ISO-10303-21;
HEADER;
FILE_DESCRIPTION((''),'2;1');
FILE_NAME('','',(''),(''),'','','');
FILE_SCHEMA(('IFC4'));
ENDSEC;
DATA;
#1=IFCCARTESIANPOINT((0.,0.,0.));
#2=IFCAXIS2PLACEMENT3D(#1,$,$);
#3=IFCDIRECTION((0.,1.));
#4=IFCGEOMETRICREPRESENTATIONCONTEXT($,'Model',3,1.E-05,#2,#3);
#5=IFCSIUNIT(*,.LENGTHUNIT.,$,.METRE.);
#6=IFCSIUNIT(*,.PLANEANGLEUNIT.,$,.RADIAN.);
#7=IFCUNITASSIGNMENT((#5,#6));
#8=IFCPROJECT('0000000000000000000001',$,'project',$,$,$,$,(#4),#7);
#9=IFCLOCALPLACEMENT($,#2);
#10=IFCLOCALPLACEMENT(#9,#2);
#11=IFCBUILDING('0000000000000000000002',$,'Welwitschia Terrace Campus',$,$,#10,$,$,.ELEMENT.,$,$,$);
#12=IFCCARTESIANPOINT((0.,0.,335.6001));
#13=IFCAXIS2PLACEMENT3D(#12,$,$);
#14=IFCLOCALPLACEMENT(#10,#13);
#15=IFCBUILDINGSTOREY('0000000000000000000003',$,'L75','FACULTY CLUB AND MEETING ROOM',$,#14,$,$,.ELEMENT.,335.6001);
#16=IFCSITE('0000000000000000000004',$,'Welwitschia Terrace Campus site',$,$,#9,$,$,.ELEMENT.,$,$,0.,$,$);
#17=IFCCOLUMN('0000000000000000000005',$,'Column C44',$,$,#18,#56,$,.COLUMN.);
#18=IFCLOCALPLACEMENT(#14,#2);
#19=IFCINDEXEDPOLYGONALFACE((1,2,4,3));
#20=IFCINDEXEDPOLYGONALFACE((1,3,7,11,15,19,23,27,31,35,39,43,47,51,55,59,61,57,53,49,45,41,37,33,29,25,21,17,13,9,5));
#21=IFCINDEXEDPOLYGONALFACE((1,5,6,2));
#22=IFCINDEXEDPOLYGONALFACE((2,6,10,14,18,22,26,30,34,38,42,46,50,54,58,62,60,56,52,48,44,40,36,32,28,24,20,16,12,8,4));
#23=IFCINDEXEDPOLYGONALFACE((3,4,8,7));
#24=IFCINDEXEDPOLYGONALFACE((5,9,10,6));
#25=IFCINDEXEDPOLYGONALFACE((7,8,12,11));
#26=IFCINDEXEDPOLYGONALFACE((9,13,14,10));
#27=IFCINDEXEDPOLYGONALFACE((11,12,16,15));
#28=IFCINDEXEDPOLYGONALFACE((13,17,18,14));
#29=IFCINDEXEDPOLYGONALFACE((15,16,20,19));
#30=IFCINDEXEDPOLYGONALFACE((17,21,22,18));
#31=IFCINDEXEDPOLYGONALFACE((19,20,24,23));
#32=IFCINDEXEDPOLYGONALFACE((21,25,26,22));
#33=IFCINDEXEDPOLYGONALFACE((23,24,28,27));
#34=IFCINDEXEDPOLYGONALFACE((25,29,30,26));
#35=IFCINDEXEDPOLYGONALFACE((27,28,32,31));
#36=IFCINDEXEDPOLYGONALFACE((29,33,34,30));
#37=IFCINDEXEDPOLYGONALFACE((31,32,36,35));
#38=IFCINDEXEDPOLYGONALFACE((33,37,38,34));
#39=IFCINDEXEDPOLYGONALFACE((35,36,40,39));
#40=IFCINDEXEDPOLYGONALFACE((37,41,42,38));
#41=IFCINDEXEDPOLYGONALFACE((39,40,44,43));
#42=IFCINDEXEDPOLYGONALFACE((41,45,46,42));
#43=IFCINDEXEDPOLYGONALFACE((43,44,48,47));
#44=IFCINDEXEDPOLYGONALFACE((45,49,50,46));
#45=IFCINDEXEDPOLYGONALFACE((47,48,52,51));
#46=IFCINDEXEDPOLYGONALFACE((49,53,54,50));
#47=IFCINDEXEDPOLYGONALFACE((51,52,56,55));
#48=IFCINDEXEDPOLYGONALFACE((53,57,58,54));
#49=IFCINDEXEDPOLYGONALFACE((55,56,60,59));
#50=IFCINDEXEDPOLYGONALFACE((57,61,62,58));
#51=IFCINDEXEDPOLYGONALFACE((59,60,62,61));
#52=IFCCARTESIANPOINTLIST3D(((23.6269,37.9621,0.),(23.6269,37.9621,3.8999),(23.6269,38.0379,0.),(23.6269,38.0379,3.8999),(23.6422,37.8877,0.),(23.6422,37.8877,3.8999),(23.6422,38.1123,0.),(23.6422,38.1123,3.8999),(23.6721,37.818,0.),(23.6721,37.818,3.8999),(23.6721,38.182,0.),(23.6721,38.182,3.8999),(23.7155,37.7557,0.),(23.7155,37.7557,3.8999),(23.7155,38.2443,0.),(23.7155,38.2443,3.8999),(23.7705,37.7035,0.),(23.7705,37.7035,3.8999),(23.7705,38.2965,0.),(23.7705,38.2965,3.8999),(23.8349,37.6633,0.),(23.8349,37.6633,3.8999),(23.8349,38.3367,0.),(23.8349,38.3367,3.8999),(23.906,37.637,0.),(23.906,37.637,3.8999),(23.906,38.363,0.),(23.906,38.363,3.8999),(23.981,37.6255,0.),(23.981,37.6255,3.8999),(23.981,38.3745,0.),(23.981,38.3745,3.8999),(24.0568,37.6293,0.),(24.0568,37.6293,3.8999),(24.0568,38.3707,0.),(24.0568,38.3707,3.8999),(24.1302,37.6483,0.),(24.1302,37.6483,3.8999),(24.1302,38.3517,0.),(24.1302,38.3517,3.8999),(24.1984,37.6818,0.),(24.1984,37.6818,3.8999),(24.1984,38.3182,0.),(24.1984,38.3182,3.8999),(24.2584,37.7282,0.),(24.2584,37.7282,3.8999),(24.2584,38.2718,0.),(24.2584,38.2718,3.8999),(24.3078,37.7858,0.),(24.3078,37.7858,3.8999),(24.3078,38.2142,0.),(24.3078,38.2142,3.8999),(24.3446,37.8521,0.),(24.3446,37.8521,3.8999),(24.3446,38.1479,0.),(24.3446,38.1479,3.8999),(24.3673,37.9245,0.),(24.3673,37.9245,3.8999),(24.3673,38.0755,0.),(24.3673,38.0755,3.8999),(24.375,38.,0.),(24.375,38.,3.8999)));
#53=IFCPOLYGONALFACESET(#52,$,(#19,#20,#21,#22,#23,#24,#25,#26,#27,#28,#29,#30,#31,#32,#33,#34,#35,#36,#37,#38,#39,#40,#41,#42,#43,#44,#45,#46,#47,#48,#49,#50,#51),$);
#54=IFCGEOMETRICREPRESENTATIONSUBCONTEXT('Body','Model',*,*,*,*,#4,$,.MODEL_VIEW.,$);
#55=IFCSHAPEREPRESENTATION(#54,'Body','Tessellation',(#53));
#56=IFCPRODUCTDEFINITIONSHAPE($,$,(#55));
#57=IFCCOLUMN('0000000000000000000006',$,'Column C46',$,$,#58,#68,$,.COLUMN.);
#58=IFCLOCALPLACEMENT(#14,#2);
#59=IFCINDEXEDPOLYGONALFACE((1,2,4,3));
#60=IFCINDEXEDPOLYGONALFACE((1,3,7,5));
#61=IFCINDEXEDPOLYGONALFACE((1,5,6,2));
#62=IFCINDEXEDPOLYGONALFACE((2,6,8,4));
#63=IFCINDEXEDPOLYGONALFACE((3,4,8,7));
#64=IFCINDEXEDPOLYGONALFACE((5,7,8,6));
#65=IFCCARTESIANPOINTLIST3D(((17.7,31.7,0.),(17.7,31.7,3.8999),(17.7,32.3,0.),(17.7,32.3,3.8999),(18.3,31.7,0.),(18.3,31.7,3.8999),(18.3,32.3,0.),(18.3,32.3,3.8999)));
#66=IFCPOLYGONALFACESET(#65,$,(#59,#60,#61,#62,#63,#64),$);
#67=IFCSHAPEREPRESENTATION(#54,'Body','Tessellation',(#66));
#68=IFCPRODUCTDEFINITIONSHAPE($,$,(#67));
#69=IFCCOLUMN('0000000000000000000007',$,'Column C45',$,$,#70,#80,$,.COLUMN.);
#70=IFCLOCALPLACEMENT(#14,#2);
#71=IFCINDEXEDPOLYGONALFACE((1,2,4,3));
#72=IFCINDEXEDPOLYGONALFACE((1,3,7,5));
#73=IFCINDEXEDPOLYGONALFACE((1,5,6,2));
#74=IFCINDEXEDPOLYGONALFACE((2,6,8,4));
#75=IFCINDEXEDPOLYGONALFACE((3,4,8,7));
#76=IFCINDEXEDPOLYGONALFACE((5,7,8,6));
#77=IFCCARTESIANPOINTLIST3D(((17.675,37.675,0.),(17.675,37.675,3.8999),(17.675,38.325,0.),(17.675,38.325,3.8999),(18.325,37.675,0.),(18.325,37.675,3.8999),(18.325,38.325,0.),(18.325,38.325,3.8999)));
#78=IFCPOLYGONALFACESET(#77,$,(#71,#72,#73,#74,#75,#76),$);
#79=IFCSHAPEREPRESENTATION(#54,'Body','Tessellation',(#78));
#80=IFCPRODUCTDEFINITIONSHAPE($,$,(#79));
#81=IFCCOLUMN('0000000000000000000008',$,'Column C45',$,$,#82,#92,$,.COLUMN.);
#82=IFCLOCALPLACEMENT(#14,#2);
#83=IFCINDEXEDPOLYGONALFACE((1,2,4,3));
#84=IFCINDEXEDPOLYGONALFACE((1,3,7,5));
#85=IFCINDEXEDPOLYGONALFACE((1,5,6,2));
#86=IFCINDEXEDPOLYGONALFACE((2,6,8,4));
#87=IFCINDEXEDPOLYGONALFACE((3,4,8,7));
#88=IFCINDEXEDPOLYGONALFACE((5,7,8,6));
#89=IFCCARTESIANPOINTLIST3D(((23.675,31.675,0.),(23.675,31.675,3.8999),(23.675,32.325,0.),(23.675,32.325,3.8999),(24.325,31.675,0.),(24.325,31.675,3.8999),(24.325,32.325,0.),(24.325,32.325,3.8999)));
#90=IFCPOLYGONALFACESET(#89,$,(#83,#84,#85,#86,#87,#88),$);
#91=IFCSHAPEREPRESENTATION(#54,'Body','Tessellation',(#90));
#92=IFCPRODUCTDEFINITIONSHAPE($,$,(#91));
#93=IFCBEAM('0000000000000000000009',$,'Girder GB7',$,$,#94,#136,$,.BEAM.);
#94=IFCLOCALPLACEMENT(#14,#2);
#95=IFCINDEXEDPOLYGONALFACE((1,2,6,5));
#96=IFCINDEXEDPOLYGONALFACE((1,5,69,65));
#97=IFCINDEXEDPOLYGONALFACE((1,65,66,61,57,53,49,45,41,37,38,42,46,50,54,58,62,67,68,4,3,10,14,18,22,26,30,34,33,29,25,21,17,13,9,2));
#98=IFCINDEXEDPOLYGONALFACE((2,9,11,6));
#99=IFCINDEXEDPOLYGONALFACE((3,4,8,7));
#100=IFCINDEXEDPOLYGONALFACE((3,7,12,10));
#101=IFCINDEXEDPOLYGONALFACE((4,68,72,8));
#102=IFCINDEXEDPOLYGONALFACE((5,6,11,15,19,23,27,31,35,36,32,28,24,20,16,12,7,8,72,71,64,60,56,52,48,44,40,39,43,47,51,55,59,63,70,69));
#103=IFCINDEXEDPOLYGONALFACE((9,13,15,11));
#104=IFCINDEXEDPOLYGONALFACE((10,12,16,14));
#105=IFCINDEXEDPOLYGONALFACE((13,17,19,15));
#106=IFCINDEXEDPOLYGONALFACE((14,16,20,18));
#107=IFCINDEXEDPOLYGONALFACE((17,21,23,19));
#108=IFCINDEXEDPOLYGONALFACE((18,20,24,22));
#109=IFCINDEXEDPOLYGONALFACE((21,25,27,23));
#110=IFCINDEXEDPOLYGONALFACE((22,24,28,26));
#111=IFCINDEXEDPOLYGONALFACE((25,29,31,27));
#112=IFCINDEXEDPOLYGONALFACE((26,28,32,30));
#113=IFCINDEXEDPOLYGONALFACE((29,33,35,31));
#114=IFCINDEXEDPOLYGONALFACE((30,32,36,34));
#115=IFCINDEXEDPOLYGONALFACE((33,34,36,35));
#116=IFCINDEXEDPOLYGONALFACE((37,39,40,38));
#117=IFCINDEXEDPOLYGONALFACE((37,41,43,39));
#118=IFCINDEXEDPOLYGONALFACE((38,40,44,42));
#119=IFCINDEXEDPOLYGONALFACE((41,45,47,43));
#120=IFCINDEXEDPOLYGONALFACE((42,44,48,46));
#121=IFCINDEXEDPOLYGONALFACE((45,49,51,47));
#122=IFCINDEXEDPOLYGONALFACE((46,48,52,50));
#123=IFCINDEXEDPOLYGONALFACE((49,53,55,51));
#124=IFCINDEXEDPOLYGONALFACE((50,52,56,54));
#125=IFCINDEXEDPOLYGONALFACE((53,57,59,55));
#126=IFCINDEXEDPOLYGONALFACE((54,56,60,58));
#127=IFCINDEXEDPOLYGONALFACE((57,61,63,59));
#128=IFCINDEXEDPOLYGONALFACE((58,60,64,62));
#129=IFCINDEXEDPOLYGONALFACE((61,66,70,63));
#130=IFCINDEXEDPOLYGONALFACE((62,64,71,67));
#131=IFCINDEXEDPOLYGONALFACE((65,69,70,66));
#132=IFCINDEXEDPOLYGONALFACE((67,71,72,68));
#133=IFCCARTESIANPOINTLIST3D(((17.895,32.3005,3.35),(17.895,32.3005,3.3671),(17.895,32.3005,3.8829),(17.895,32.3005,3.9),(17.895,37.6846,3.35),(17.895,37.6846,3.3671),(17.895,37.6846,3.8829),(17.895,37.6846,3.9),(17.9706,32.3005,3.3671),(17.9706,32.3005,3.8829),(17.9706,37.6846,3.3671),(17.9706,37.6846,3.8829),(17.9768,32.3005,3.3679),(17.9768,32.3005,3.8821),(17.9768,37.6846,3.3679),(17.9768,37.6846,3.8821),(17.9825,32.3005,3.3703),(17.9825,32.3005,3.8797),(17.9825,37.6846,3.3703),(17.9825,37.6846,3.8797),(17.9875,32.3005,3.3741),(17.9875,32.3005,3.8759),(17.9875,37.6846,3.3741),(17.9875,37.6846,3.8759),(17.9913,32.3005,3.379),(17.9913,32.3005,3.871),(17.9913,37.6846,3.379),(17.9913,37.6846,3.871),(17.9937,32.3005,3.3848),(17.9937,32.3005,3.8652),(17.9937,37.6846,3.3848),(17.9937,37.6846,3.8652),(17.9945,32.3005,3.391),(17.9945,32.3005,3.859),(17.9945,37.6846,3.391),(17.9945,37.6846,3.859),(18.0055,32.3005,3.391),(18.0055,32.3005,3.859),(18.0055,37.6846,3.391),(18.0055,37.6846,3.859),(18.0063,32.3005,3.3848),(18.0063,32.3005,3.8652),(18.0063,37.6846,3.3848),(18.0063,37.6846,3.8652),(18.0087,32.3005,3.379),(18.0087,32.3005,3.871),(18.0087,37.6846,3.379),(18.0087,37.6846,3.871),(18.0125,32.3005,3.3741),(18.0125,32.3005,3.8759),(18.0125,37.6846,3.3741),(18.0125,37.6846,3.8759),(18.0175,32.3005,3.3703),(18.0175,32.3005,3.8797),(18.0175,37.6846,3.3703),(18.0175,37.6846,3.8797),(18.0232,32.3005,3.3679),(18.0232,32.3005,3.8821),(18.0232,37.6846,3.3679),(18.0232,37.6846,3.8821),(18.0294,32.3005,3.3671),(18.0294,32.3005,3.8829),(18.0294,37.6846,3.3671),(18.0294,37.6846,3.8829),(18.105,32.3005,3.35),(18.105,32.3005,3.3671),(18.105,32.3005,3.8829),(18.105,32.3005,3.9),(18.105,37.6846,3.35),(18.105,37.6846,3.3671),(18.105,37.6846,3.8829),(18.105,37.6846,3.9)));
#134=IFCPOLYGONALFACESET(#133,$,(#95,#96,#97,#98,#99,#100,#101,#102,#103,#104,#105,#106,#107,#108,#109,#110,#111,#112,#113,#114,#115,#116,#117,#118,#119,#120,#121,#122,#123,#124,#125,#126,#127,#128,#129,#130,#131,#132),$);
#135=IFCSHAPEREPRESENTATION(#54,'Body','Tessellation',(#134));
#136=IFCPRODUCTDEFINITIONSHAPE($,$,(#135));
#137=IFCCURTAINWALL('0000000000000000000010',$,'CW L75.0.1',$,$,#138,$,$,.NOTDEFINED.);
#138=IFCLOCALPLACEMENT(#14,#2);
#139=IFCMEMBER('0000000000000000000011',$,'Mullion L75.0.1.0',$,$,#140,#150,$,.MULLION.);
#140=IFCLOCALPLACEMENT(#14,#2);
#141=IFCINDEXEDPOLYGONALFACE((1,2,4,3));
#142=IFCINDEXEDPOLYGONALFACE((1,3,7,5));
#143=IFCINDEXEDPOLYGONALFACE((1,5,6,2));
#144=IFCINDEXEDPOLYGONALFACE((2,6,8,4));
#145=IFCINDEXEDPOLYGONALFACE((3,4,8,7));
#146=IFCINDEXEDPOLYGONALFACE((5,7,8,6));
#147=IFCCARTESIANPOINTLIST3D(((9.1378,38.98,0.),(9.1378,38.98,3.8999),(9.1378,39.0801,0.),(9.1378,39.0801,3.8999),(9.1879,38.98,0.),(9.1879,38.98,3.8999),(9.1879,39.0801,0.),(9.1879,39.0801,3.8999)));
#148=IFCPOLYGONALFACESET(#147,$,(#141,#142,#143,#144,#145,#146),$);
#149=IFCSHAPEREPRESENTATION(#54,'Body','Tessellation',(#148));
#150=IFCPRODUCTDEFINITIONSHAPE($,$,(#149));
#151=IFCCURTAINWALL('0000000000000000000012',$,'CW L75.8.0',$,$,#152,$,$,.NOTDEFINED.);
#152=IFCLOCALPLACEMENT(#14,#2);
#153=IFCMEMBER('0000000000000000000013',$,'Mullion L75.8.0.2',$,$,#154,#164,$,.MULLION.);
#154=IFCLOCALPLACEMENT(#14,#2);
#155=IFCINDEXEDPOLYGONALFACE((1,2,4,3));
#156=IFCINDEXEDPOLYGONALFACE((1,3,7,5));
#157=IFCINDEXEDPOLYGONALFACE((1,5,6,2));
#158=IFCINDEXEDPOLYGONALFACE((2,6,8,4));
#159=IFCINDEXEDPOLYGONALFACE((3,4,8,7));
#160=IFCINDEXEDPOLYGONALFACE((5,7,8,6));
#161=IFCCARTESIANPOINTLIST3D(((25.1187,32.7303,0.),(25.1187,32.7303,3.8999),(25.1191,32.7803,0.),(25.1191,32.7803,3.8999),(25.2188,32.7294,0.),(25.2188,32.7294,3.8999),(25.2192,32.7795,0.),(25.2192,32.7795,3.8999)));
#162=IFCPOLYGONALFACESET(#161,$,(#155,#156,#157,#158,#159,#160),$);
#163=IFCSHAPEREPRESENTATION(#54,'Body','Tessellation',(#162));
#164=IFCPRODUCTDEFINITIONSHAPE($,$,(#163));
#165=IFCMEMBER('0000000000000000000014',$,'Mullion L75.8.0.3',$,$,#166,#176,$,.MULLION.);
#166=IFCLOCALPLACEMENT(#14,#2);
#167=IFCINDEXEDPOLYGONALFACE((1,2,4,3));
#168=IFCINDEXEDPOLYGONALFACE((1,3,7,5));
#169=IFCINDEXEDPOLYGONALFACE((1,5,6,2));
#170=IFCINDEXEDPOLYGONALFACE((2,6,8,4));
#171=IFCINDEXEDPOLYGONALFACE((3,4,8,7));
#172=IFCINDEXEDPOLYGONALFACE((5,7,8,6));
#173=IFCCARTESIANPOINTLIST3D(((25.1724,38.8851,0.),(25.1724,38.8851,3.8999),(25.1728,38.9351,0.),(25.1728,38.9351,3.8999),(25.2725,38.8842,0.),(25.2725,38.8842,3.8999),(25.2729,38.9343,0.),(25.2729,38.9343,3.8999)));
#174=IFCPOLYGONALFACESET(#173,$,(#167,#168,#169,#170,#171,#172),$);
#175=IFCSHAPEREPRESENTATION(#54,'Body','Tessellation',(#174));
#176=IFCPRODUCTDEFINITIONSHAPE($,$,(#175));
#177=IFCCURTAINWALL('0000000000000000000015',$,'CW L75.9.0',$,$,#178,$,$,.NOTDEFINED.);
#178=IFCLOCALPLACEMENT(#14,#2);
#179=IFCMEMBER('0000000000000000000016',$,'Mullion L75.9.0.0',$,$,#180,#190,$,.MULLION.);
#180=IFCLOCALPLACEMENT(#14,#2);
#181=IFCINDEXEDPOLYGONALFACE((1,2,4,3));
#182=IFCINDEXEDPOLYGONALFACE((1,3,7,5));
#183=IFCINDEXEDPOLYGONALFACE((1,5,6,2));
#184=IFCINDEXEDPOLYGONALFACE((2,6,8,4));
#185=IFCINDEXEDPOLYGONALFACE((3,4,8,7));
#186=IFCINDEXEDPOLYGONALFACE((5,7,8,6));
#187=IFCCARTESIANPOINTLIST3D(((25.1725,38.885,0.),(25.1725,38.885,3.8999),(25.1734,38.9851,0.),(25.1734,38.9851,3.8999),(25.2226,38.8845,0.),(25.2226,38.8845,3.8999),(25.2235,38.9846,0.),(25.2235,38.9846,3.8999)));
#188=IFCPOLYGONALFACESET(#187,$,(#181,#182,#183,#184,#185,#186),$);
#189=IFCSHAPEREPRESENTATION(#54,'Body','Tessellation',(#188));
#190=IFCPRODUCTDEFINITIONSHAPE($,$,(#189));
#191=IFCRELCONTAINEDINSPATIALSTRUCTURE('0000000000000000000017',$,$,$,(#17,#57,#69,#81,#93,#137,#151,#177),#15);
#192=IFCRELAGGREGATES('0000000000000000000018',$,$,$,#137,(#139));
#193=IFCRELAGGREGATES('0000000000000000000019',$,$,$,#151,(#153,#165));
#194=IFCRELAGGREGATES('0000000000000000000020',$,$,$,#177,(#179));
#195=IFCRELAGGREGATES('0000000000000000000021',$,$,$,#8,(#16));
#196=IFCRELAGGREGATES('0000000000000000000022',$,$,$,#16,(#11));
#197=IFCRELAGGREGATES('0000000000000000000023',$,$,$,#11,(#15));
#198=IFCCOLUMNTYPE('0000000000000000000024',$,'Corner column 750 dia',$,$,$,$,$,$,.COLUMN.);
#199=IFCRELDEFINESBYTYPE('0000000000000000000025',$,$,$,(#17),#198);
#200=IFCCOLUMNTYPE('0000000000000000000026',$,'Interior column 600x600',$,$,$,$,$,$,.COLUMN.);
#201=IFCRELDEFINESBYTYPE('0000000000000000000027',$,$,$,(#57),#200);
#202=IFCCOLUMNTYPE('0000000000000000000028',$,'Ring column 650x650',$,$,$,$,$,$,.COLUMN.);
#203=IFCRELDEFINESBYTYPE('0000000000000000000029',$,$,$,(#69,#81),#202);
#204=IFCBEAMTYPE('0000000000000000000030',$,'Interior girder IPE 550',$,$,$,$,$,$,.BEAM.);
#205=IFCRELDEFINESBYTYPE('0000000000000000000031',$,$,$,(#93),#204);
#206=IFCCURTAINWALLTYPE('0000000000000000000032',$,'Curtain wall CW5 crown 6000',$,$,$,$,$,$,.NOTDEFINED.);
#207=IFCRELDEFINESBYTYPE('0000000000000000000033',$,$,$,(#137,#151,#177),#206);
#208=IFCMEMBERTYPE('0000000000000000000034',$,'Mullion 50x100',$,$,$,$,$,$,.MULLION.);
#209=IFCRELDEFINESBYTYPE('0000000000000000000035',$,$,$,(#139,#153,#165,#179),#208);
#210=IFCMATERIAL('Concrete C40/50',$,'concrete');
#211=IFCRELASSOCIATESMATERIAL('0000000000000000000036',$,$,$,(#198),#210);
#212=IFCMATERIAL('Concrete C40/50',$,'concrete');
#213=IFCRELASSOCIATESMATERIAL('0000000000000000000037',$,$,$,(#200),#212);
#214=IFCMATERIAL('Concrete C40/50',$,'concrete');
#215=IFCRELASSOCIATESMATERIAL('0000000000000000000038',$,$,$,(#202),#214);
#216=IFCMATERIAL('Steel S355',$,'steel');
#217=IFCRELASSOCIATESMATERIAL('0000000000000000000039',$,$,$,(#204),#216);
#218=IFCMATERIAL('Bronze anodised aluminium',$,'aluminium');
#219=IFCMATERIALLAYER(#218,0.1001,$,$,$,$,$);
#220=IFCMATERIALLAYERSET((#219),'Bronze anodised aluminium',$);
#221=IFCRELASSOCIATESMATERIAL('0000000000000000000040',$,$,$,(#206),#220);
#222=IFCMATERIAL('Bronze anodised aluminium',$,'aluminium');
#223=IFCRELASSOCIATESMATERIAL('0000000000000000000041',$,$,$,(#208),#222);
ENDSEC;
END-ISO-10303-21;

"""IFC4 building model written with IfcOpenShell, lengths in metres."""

from ifc_helpers import new_model, si_unit, direction, frame, origin, origin_2d, place, context, subcontext, project, spatial, rectangle, circle, i_section, extrude, material, layer, layer_set, material_profile, profile_set, type_object, element, aggregate, save


model = new_model("IFC4")

# Units and contexts
model_context = context("Model", 3, precision=1e-05, world=origin(), true_north=direction((0.0, 1.0)))
body_context = subcontext(model_context, "Body", "Model", "MODEL_VIEW")
ifc_project = project(units=[si_unit("LENGTHUNIT", "METRE"), si_unit("PLANEANGLEUNIT", "RADIAN")], contexts=[model_context])

# Site, building, storey
site_placement = place(None, origin())
site = spatial("IfcSite", under=ifc_project, at=site_placement, Name="Welwitschia Terrace Campus site", CompositionType="ELEMENT", RefElevation=0.0)
building_placement = place(site_placement, origin())
building = spatial("IfcBuilding", under=site, at=building_placement, Name="Welwitschia Terrace Campus", CompositionType="ELEMENT")
storey_placement = place(building_placement, frame((0.0, 0.0, 335.6001)))
storey = spatial("IfcBuildingStorey", under=building, at=storey_placement, Name="L75", Description="FACULTY CLUB AND MEETING ROOM", CompositionType="ELEMENT", Elevation=335.6001)

# Columns
ifc_material_1 = material(Name="Concrete C40/50", Category="concrete")
ifc_material_profile_1 = material_profile(ifc_material_1, circle(Radius=0.375, at=origin_2d()))
ifc_profile_set_1 = profile_set([ifc_material_profile_1], Name="Concrete C40/50")
column_type_1 = type_object("IfcColumnType", Name="Corner column 750 dia", PredefinedType="COLUMN", material=ifc_profile_set_1)
column_1_placement = place(storey_placement, frame((24.0, 38.0, 0.0), z_axis=(0.0, 0.0, 1.0), x_axis=(1.0, 0.0, 0.0)))
element("IfcColumn", 1, at=column_1_placement, inside=storey, type_object=column_type_1, Name="Column C44", PredefinedType="COLUMN", context=body_context, shape_type="SweptSolid", body=[
    extrude(circle(Radius=0.375, at=origin_2d()), origin(), (0.0, 0.0, 1.0), 3.8999),
])
ifc_material_2 = material(Name="Concrete C40/50", Category="concrete")
ifc_material_profile_2 = material_profile(ifc_material_2, rectangle(XDim=0.6001, YDim=0.6001, at=origin_2d()))
ifc_profile_set_2 = profile_set([ifc_material_profile_2], Name="Concrete C40/50")
column_type_2 = type_object("IfcColumnType", Name="Interior column 600x600", PredefinedType="COLUMN", material=ifc_profile_set_2)
column_2_placement = place(storey_placement, frame((18.0, 32.0, 0.0), z_axis=(0.0, 0.0, 1.0), x_axis=(1.0, 0.0, 0.0)))
element("IfcColumn", 2, at=column_2_placement, inside=storey, type_object=column_type_2, Name="Column C46", PredefinedType="COLUMN", context=body_context, shape_type="SweptSolid", body=[
    extrude(rectangle(XDim=0.6001, YDim=0.6001, at=origin_2d()), origin(), (0.0, 0.0, 1.0), 3.8999),
])
ifc_material_3 = material(Name="Concrete C40/50", Category="concrete")
ifc_material_profile_3 = material_profile(ifc_material_3, rectangle(XDim=0.6499, YDim=0.6499, at=origin_2d()))
ifc_profile_set_3 = profile_set([ifc_material_profile_3], Name="Concrete C40/50")
column_type_3 = type_object("IfcColumnType", Name="Ring column 650x650", PredefinedType="COLUMN", material=ifc_profile_set_3)
for number, where, z_axis, x_axis, name in (
    (3, (18.0, 38.0, 0.0), (0.0, 0.0, 1.0), (1.0, 0.0, 0.0), "Column C45"),
    (4, (24.0, 32.0, 0.0), (0.0, 0.0, 1.0), (1.0, 0.0, 0.0), "Column C45"),
):
    element("IfcColumn", number, at=place(storey_placement, frame(where, z_axis=z_axis, x_axis=x_axis)), inside=storey, type_object=column_type_3, Name=name, PredefinedType="COLUMN", context=body_context, shape_type="SweptSolid", body=[
        extrude(rectangle(XDim=0.6499, YDim=0.6499, at=origin_2d()), origin(), (0.0, 0.0, 1.0), 3.8999),
    ])

# Beam
ifc_material_4 = material(Name="Steel S355", Category="steel")
ifc_material_profile_4 = material_profile(ifc_material_4, i_section(OverallWidth=0.21, OverallDepth=0.55, WebThickness=0.011, FlangeThickness=0.0171, FilletRadius=0.0239, at=origin_2d()))
ifc_profile_set_4 = profile_set([ifc_material_profile_4], Name="Steel S355")
beam_type_1 = type_object("IfcBeamType", Name="Interior girder IPE 550", PredefinedType="BEAM", material=ifc_profile_set_4)
beam_1_placement = place(storey_placement, frame((18.0, 32.3005, 3.625), z_axis=(0.0, 1.0, 0.0), x_axis=(-1.0, 0.0, 0.0)))
element("IfcBeam", 5, at=beam_1_placement, inside=storey, type_object=beam_type_1, Name="Girder GB7", PredefinedType="BEAM", context=body_context, shape_type="SweptSolid", body=[
    extrude(i_section(OverallWidth=0.21, OverallDepth=0.55, WebThickness=0.011, FlangeThickness=0.0171, FilletRadius=0.0239, at=origin_2d()), origin(), (0.0, 0.0, 1.0), 5.384),
])

# Curtain wall, member
ifc_material_5 = material(Name="Bronze anodised aluminium", Category="aluminium")
ifc_layer_1 = layer(ifc_material_5, 0.1001)
ifc_layer_set_1 = layer_set([ifc_layer_1], Name="Bronze anodised aluminium")
curtain_wall_type = type_object("IfcCurtainWallType", Name="Curtain wall CW5 crown 6000", PredefinedType="NOTDEFINED", material=ifc_layer_set_1)
curtain_wall_1_placement = place(storey_placement, origin())
curtain_wall_1 = element("IfcCurtainWall", 6, at=curtain_wall_1_placement, inside=storey, type_object=curtain_wall_type, Name="CW L75.0.1", PredefinedType="NOTDEFINED")
ifc_material_6 = material(Name="Bronze anodised aluminium", Category="aluminium")
ifc_material_profile_5 = material_profile(ifc_material_6, rectangle(XDim=0.1001, YDim=0.05, at=origin_2d()))
ifc_profile_set_5 = profile_set([ifc_material_profile_5], Name="Bronze anodised aluminium")
member_type_1 = type_object("IfcMemberType", Name="Mullion 50x100", PredefinedType="MULLION", material=ifc_profile_set_5)
member_1_placement = place(storey_placement, frame((9.1628, 39.03, 0.0), z_axis=(0.0, 0.0, 1.0), x_axis=(0.0, -1.0, 0.0)))
member_1 = element("IfcMember", 7, at=member_1_placement, type_object=member_type_1, Name="Mullion L75.0.1.0", PredefinedType="MULLION", context=body_context, shape_type="SweptSolid", body=[
    extrude(rectangle(XDim=0.1001, YDim=0.05, at=origin_2d()), origin(), (0.0, 0.0, 1.0), 3.8999),
])
aggregate(curtain_wall_1, [member_1])

# Curtain walls, members
curtain_wall_2_placement = place(storey_placement, origin())
curtain_wall_2 = element("IfcCurtainWall", 8, at=curtain_wall_2_placement, inside=storey, type_object=curtain_wall_type, Name="CW L75.8.0", PredefinedType="NOTDEFINED")
member_2_placement = place(storey_placement, frame((25.1689, 32.7549, 0.0), z_axis=(0.0, 0.0, 1.0), x_axis=(-0.999962, 0.008727, 0.0)))
member_2 = element("IfcMember", 9, at=member_2_placement, type_object=member_type_1, Name="Mullion L75.8.0.2", PredefinedType="MULLION", context=body_context, shape_type="SweptSolid", body=[
    extrude(rectangle(XDim=0.1001, YDim=0.05, at=origin_2d()), origin(), (0.0, 0.0, 1.0), 3.8999),
])
member_3_placement = place(storey_placement, frame((25.2227, 38.9097, 0.0), z_axis=(0.0, 0.0, 1.0), x_axis=(-0.999962, 0.008727, 0.0)))
member_3 = element("IfcMember", 10, at=member_3_placement, type_object=member_type_1, Name="Mullion L75.8.0.3", PredefinedType="MULLION", context=body_context, shape_type="SweptSolid", body=[
    extrude(rectangle(XDim=0.1001, YDim=0.05, at=origin_2d()), origin(), (0.0, 0.0, 1.0), 3.8999),
])
curtain_wall_3_placement = place(storey_placement, origin())
curtain_wall_3 = element("IfcCurtainWall", 11, at=curtain_wall_3_placement, inside=storey, type_object=curtain_wall_type, Name="CW L75.9.0", PredefinedType="NOTDEFINED")
member_4_placement = place(storey_placement, frame((25.198, 38.9348, 0.0), z_axis=(0.0, 0.0, 1.0), x_axis=(-0.008727, -0.999962, 0.0)))
member_4 = element("IfcMember", 12, at=member_4_placement, type_object=member_type_1, Name="Mullion L75.9.0.0", PredefinedType="MULLION", context=body_context, shape_type="SweptSolid", body=[
    extrude(rectangle(XDim=0.1001, YDim=0.05, at=origin_2d()), origin(), (0.0, 0.0, 1.0), 3.8999),
])

aggregate(curtain_wall_2, [member_2, member_3])
aggregate(curtain_wall_3, [member_4])

save(model, "model.ifc")
